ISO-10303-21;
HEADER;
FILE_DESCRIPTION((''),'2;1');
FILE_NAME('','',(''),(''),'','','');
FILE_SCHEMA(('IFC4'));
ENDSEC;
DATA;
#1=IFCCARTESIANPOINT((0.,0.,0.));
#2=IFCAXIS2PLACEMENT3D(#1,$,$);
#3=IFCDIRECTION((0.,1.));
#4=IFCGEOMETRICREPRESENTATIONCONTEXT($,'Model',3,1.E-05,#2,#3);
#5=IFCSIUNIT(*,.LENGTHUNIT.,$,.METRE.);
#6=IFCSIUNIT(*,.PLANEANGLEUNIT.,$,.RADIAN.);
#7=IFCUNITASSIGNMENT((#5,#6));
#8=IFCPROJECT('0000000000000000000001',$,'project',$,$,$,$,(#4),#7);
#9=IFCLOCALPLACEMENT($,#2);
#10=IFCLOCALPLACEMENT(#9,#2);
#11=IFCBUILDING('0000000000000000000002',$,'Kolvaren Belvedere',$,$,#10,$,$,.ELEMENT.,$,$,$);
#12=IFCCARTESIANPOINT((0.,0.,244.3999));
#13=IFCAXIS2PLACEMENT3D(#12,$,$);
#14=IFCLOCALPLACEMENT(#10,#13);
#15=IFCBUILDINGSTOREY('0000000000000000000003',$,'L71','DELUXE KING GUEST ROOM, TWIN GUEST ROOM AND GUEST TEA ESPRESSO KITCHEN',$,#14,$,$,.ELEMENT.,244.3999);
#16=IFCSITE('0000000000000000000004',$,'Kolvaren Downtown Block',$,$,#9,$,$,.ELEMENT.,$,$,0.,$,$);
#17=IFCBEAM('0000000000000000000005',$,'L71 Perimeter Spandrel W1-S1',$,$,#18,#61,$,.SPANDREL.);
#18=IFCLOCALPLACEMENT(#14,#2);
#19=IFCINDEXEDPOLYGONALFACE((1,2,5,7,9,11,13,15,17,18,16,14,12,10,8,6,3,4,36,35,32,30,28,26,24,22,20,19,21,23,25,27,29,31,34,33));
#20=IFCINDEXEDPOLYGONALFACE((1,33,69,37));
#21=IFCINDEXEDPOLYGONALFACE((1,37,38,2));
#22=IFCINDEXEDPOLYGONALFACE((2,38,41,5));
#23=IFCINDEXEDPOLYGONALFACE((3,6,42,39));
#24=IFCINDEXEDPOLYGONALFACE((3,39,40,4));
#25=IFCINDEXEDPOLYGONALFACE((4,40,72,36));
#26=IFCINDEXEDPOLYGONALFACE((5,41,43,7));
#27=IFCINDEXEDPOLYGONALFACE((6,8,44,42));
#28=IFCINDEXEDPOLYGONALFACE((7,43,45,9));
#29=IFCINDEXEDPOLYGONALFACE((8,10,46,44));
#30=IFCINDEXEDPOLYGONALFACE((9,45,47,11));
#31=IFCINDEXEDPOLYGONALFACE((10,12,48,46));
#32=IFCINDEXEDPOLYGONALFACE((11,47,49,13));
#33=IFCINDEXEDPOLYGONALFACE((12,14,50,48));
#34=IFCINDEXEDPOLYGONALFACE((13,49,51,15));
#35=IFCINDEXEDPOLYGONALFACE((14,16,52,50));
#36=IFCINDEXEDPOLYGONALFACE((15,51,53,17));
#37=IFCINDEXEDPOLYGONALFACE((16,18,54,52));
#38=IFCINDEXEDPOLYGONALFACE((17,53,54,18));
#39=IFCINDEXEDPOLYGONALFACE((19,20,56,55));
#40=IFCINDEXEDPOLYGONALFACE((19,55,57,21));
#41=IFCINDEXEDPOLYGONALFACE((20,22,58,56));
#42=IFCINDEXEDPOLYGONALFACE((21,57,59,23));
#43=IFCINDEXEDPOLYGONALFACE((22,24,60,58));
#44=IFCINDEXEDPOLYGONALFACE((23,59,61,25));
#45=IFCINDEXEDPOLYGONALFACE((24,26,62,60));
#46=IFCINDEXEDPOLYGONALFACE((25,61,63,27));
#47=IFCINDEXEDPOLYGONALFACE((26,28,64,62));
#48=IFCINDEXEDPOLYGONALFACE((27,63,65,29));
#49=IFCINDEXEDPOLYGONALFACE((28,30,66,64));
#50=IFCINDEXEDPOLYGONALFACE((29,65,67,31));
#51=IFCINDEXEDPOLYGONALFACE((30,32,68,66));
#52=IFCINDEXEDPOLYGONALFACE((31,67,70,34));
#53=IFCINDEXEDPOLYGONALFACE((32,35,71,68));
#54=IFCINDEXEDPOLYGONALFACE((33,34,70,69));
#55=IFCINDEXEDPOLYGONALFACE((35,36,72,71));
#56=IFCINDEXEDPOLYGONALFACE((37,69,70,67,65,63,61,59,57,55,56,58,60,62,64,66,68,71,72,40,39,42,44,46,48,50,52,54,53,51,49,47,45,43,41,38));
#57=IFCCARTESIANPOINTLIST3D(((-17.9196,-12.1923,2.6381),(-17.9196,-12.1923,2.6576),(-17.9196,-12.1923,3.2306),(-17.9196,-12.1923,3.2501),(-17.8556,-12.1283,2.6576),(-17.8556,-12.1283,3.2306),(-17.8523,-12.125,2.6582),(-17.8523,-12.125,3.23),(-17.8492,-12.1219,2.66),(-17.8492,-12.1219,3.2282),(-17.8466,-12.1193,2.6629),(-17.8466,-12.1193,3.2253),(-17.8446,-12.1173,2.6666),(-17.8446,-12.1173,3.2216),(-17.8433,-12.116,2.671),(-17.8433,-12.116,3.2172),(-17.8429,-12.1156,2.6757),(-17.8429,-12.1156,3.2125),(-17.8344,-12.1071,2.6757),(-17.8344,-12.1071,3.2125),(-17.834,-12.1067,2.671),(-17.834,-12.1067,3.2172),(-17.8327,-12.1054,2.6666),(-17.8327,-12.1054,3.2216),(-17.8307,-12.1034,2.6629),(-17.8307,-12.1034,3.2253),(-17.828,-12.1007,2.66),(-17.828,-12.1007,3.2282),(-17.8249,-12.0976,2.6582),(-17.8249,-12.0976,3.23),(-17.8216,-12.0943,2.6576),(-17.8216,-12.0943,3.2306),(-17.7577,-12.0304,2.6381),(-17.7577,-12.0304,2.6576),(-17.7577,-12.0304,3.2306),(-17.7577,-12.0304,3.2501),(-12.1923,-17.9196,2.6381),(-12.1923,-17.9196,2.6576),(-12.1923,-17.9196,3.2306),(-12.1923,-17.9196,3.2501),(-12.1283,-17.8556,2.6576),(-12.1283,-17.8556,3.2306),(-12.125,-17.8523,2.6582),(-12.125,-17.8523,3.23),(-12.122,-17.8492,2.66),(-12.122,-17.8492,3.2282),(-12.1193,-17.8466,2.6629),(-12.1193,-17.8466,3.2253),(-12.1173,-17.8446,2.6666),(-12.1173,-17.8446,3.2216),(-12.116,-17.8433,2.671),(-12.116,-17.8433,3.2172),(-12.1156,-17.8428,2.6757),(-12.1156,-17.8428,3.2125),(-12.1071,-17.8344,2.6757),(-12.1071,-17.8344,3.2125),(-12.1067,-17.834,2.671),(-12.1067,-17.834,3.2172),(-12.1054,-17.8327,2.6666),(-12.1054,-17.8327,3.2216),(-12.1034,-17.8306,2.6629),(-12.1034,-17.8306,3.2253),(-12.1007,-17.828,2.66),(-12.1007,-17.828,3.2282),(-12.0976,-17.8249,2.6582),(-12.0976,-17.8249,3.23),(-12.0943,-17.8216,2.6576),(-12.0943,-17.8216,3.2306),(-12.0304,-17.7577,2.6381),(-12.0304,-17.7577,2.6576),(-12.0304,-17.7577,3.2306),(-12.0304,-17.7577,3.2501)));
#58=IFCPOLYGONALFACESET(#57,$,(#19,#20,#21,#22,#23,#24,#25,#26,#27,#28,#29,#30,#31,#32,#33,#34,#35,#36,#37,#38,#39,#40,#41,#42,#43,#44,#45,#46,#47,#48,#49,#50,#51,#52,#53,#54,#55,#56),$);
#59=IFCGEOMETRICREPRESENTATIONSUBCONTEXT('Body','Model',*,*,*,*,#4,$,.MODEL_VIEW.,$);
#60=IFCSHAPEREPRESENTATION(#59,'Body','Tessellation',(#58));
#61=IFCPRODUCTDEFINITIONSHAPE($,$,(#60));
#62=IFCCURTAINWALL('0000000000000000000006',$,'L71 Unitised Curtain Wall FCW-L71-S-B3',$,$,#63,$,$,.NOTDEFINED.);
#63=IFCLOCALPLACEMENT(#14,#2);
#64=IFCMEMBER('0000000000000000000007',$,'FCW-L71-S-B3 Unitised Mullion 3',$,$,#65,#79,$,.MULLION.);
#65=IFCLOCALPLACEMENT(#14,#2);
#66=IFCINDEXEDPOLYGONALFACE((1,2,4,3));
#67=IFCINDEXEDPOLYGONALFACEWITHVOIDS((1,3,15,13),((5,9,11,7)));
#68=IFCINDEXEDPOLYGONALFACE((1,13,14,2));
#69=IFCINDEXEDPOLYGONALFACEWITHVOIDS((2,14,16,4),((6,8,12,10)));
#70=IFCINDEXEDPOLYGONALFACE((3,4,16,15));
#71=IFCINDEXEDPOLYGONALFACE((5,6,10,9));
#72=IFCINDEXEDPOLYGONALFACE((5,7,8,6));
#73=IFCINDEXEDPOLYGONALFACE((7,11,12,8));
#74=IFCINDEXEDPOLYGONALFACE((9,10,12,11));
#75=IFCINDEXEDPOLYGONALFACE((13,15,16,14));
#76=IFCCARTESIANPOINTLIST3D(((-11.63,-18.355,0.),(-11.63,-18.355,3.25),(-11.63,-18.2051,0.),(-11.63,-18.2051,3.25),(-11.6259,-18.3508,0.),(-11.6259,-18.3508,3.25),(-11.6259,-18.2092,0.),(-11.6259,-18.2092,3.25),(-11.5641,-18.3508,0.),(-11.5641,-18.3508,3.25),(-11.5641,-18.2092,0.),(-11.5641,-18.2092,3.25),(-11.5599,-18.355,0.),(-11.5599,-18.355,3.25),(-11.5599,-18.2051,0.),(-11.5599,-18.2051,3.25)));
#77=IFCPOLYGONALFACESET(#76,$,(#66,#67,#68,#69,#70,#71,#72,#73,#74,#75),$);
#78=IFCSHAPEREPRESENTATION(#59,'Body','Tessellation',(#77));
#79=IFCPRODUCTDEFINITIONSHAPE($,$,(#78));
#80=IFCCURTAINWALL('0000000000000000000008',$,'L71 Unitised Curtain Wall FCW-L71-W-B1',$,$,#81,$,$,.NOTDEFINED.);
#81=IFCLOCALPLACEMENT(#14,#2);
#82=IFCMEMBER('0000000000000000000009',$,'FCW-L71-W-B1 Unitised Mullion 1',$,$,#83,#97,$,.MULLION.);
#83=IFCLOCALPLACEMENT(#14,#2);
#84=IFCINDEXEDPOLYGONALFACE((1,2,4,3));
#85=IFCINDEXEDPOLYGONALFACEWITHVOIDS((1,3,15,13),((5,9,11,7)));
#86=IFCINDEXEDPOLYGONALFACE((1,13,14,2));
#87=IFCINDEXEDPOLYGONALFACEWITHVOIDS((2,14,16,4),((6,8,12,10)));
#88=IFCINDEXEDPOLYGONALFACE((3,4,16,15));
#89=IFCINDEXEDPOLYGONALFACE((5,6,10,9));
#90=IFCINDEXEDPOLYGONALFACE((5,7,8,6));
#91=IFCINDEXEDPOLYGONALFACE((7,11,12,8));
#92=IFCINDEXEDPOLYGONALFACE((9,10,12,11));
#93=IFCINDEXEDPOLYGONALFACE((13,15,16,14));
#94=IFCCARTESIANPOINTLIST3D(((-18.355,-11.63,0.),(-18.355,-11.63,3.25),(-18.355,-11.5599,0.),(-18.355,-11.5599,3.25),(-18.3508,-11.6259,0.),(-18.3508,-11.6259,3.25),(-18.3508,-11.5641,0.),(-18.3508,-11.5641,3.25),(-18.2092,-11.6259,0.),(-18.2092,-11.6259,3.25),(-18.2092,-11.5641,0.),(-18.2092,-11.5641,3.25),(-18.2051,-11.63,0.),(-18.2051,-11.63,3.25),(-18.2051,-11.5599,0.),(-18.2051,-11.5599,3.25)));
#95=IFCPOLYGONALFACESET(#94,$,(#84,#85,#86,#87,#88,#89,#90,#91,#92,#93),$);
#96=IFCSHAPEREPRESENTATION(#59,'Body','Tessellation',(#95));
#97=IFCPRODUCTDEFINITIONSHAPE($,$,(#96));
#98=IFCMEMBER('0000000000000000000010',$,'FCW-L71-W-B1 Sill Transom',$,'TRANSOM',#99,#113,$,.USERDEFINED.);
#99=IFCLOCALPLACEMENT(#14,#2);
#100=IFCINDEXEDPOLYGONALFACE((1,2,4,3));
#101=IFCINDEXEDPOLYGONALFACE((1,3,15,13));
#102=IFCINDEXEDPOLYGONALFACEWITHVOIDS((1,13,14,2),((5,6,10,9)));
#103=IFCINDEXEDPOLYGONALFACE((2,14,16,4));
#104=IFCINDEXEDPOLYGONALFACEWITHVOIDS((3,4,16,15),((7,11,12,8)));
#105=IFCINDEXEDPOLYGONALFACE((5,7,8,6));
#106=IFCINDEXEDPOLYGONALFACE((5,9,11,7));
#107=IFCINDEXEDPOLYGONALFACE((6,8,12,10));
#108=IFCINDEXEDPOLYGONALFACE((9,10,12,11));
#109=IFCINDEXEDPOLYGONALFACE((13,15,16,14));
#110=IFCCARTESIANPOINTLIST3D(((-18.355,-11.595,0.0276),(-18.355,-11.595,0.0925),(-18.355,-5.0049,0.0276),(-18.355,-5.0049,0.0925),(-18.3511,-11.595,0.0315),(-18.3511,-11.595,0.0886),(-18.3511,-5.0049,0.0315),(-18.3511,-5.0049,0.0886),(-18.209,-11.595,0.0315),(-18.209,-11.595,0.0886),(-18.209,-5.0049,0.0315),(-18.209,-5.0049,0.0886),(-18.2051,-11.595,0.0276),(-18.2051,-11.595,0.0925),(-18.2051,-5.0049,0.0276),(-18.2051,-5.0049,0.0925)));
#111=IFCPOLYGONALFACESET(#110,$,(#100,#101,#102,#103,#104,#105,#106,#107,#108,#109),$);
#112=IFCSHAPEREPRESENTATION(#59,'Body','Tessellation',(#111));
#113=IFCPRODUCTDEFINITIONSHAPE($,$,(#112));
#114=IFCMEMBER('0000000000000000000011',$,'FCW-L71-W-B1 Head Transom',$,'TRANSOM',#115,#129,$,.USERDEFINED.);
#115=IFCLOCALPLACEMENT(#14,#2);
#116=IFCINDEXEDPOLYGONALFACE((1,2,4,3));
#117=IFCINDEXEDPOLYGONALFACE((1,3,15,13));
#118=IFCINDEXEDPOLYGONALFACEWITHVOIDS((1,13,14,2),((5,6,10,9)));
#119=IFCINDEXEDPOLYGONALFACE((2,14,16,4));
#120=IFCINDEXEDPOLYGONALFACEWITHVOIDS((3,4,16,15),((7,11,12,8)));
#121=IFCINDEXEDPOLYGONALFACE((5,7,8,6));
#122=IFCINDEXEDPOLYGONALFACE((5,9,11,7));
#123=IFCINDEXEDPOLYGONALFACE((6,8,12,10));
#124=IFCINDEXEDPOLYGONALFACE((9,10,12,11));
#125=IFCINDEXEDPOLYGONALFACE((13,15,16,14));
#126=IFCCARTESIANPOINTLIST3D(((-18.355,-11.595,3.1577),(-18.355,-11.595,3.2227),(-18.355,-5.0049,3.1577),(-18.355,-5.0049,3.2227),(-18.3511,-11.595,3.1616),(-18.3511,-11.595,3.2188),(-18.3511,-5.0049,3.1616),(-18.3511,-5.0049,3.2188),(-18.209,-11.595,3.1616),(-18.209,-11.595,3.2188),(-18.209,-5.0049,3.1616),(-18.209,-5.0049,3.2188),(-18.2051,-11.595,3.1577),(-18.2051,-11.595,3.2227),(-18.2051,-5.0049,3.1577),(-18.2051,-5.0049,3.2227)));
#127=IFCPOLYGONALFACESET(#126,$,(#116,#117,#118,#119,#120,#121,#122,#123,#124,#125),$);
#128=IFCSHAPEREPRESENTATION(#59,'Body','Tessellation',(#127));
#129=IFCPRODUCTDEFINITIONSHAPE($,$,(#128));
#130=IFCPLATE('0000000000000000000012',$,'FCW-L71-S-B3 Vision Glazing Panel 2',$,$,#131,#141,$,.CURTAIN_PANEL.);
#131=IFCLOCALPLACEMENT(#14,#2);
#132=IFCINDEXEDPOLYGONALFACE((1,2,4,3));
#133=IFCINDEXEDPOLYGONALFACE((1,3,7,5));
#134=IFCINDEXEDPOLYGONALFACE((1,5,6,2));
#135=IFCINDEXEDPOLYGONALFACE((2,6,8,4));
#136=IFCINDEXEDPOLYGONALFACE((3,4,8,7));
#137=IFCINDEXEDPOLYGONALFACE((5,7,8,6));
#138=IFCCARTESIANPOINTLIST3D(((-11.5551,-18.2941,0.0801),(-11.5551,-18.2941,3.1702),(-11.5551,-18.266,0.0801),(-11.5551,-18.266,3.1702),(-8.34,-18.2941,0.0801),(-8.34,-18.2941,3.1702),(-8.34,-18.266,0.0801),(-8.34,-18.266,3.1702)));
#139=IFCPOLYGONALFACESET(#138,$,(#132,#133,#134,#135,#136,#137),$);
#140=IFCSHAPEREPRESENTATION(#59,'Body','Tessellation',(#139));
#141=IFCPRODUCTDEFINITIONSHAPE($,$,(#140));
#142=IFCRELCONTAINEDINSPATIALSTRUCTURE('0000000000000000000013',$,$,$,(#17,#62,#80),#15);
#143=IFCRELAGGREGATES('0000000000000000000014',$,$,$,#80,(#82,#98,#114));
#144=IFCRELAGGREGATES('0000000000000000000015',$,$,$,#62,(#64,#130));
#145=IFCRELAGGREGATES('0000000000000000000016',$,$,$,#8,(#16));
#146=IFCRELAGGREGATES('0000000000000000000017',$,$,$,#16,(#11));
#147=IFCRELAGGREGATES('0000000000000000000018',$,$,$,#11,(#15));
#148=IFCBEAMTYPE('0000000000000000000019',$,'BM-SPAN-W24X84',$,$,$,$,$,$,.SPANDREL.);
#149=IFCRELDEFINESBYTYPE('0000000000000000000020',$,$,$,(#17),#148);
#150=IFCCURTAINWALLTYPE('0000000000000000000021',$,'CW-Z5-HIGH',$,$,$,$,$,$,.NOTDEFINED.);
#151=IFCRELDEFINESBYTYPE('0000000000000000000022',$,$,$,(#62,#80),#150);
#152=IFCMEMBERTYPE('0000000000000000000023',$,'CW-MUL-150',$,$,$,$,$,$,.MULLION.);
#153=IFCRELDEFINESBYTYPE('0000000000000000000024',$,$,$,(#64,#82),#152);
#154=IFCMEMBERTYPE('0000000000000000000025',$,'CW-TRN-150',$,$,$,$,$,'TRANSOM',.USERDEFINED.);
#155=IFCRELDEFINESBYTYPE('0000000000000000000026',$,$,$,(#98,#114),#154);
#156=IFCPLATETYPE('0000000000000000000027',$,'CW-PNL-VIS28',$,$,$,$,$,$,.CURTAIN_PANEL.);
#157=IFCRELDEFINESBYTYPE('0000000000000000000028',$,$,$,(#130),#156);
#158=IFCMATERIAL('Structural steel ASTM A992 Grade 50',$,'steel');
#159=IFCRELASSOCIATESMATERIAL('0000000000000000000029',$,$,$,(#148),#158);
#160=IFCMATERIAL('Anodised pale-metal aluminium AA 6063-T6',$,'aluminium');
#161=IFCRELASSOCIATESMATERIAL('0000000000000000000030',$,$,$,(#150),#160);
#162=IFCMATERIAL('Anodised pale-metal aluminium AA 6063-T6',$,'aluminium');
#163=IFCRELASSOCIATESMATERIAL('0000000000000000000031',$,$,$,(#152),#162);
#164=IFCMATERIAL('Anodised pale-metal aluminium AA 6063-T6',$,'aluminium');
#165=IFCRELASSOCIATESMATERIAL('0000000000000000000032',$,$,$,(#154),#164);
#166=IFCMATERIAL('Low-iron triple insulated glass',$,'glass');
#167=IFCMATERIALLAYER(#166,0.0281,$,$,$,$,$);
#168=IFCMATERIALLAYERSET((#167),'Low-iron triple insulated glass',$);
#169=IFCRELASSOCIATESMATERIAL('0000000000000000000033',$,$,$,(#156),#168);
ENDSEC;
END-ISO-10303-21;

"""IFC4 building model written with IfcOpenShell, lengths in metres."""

from ifc_helpers import new_model, si_unit, direction, frame, origin, origin_2d, place, context, subcontext, project, spatial, rectangle, hollow_rectangle, i_section, extrude, material, layer, layer_set, material_profile, profile_set, type_object, element, aggregate, save


model = new_model("IFC4")

# Units and contexts
model_context = context("Model", 3, precision=1e-05, world=origin(), true_north=direction((0.0, 1.0)))
body_context = subcontext(model_context, "Body", "Model", "MODEL_VIEW")
ifc_project = project(units=[si_unit("LENGTHUNIT", "METRE"), si_unit("PLANEANGLEUNIT", "RADIAN")], contexts=[model_context])

# Site, building, storey
site_placement = place(None, origin())
site = spatial("IfcSite", under=ifc_project, at=site_placement, Name="Kolvaren Downtown Block", CompositionType="ELEMENT", RefElevation=0.0)
building_placement = place(site_placement, origin())
building = spatial("IfcBuilding", under=site, at=building_placement, Name="Kolvaren Belvedere", CompositionType="ELEMENT")
storey_placement = place(building_placement, frame((0.0, 0.0, 244.3999)))
storey = spatial("IfcBuildingStorey", under=building, at=storey_placement, Name="L71", Description="DELUXE KING GUEST ROOM, TWIN GUEST ROOM AND GUEST TEA ESPRESSO KITCHEN", CompositionType="ELEMENT", Elevation=244.3999)

# Beam
ifc_material_1 = material(Name="Structural steel ASTM A992 Grade 50", Category="steel")
ifc_material_profile_1 = material_profile(ifc_material_1, i_section(OverallWidth=0.229, OverallDepth=0.6121, WebThickness=0.012, FlangeThickness=0.0195, FilletRadius=0.0181, at=origin_2d()), Name="W24X84")
ifc_profile_set_1 = profile_set([ifc_material_profile_1], Name="Structural steel ASTM A992 Grade 50")
beam_type_1 = type_object("IfcBeamType", Name="BM-SPAN-W24X84", PredefinedType="SPANDREL", material=ifc_profile_set_1)
beam_1_placement = place(storey_placement, frame((-17.8386, -12.1113, 2.9441), z_axis=(0.707107, -0.707107, 0.0), x_axis=(0.707107, 0.707107, 0.0)))
element("IfcBeam", 1, at=beam_1_placement, inside=storey, type_object=beam_type_1, Name="L71 Perimeter Spandrel W1-S1", PredefinedType="SPANDREL", context=body_context, shape_type="SweptSolid", body=[
    extrude(i_section(OverallWidth=0.229, OverallDepth=0.6121, WebThickness=0.012, FlangeThickness=0.0195, FilletRadius=0.0181, at=origin_2d()), origin(), (0.0, 0.0, 1.0), 8.0996),
])

# Curtain wall, member
ifc_material_2 = material(Name="Anodised pale-metal aluminium AA 6063-T6", Category="aluminium")
curtain_wall_type = type_object("IfcCurtainWallType", Name="CW-Z5-HIGH", PredefinedType="NOTDEFINED", material=ifc_material_2)
curtain_wall_1_placement = place(storey_placement, origin())
curtain_wall_1 = element("IfcCurtainWall", 2, at=curtain_wall_1_placement, inside=storey, type_object=curtain_wall_type, Name="L71 Unitised Curtain Wall FCW-L71-S-B3", PredefinedType="NOTDEFINED")
ifc_material_3 = material(Name="Anodised pale-metal aluminium AA 6063-T6", Category="aluminium")
ifc_material_profile_2 = material_profile(ifc_material_3, hollow_rectangle(XDim=0.0701, YDim=0.1499, WallThickness=0.0042, at=origin_2d()), Name="ALU-MUL-150X70")
ifc_profile_set_2 = profile_set([ifc_material_profile_2], Name="Anodised pale-metal aluminium AA 6063-T6")
member_type_1 = type_object("IfcMemberType", Name="CW-MUL-150", PredefinedType="MULLION", material=ifc_profile_set_2)
member_1_placement = place(storey_placement, frame((-11.595, -18.28, 0.0), z_axis=(0.0, 0.0, 1.0), x_axis=(1.0, 0.0, 0.0)))
member_1 = element("IfcMember", 3, at=member_1_placement, type_object=member_type_1, Name="FCW-L71-S-B3 Unitised Mullion 3", PredefinedType="MULLION", context=body_context, shape_type="SweptSolid", body=[
    extrude(hollow_rectangle(XDim=0.0701, YDim=0.1499, WallThickness=0.0042, at=origin_2d()), origin(), (0.0, 0.0, 1.0), 3.25),
])

# Curtain wall, members
curtain_wall_2_placement = place(storey_placement, origin())
curtain_wall_2 = element("IfcCurtainWall", 4, at=curtain_wall_2_placement, inside=storey, type_object=curtain_wall_type, Name="L71 Unitised Curtain Wall FCW-L71-W-B1", PredefinedType="NOTDEFINED")
member_2_placement = place(storey_placement, frame((-18.28, -11.595, 0.0), z_axis=(0.0, 0.0, 1.0), x_axis=(0.0, 1.0, 0.0)))
member_2 = element("IfcMember", 5, at=member_2_placement, type_object=member_type_1, Name="FCW-L71-W-B1 Unitised Mullion 1", PredefinedType="MULLION", context=body_context, shape_type="SweptSolid", body=[
    extrude(hollow_rectangle(XDim=0.0701, YDim=0.1499, WallThickness=0.0042, at=origin_2d()), origin(), (0.0, 0.0, 1.0), 3.25),
])
ifc_material_4 = material(Name="Anodised pale-metal aluminium AA 6063-T6", Category="aluminium")
ifc_material_profile_3 = material_profile(ifc_material_4, hollow_rectangle(XDim=0.0649, YDim=0.1499, WallThickness=0.0039, at=origin_2d()), Name="ALU-TRN-150X65")
ifc_profile_set_3 = profile_set([ifc_material_profile_3], Name="Anodised pale-metal aluminium AA 6063-T6")
member_type_2 = type_object("IfcMemberType", Name="CW-TRN-150", ElementType="TRANSOM", PredefinedType="USERDEFINED", material=ifc_profile_set_3)
member_3_placement = place(storey_placement, frame((-18.28, -11.595, 0.0601), z_axis=(0.0, 1.0, 0.0), x_axis=(0.0, 0.0, 1.0)))
member_3 = element("IfcMember", 6, at=member_3_placement, type_object=member_type_2, Name="FCW-L71-W-B1 Sill Transom", ObjectType="TRANSOM", PredefinedType="USERDEFINED", context=body_context, shape_type="SweptSolid", body=[
    extrude(hollow_rectangle(XDim=0.0649, YDim=0.1499, WallThickness=0.0039, at=origin_2d()), origin(), (0.0, 0.0, 1.0), 6.5901),
])
member_4_placement = place(storey_placement, frame((-18.28, -11.595, 3.1902), z_axis=(0.0, 1.0, 0.0), x_axis=(0.0, 0.0, 1.0)))
member_4 = element("IfcMember", 7, at=member_4_placement, type_object=member_type_2, Name="FCW-L71-W-B1 Head Transom", ObjectType="TRANSOM", PredefinedType="USERDEFINED", context=body_context, shape_type="SweptSolid", body=[
    extrude(hollow_rectangle(XDim=0.0649, YDim=0.1499, WallThickness=0.0039, at=origin_2d()), origin(), (0.0, 0.0, 1.0), 6.5901),
])
aggregate(curtain_wall_2, [member_2, member_3, member_4])

# Plate
ifc_material_5 = material(Name="Low-iron triple insulated glass", Category="glass")
ifc_layer_1 = layer(ifc_material_5, 0.0281)
ifc_layer_set_1 = layer_set([ifc_layer_1], Name="Low-iron triple insulated glass")
plate_type = type_object("IfcPlateType", Name="CW-PNL-VIS28", PredefinedType="CURTAIN_PANEL", material=ifc_layer_set_1)
plate_placement = place(storey_placement, frame((-9.9475, -18.28, 0.0801), z_axis=(0.0, 0.0, 1.0), x_axis=(-1.0, 0.0, 0.0)))
plate = element("IfcPlate", 8, at=plate_placement, type_object=plate_type, Name="FCW-L71-S-B3 Vision Glazing Panel 2", PredefinedType="CURTAIN_PANEL", context=body_context, shape_type="SweptSolid", body=[
    extrude(rectangle(XDim=3.2151, YDim=0.0281, at=origin_2d()), origin(), (0.0, 0.0, 1.0), 3.0901),
])
aggregate(curtain_wall_1, [member_1, plate])

save(model, "model.ifc")
